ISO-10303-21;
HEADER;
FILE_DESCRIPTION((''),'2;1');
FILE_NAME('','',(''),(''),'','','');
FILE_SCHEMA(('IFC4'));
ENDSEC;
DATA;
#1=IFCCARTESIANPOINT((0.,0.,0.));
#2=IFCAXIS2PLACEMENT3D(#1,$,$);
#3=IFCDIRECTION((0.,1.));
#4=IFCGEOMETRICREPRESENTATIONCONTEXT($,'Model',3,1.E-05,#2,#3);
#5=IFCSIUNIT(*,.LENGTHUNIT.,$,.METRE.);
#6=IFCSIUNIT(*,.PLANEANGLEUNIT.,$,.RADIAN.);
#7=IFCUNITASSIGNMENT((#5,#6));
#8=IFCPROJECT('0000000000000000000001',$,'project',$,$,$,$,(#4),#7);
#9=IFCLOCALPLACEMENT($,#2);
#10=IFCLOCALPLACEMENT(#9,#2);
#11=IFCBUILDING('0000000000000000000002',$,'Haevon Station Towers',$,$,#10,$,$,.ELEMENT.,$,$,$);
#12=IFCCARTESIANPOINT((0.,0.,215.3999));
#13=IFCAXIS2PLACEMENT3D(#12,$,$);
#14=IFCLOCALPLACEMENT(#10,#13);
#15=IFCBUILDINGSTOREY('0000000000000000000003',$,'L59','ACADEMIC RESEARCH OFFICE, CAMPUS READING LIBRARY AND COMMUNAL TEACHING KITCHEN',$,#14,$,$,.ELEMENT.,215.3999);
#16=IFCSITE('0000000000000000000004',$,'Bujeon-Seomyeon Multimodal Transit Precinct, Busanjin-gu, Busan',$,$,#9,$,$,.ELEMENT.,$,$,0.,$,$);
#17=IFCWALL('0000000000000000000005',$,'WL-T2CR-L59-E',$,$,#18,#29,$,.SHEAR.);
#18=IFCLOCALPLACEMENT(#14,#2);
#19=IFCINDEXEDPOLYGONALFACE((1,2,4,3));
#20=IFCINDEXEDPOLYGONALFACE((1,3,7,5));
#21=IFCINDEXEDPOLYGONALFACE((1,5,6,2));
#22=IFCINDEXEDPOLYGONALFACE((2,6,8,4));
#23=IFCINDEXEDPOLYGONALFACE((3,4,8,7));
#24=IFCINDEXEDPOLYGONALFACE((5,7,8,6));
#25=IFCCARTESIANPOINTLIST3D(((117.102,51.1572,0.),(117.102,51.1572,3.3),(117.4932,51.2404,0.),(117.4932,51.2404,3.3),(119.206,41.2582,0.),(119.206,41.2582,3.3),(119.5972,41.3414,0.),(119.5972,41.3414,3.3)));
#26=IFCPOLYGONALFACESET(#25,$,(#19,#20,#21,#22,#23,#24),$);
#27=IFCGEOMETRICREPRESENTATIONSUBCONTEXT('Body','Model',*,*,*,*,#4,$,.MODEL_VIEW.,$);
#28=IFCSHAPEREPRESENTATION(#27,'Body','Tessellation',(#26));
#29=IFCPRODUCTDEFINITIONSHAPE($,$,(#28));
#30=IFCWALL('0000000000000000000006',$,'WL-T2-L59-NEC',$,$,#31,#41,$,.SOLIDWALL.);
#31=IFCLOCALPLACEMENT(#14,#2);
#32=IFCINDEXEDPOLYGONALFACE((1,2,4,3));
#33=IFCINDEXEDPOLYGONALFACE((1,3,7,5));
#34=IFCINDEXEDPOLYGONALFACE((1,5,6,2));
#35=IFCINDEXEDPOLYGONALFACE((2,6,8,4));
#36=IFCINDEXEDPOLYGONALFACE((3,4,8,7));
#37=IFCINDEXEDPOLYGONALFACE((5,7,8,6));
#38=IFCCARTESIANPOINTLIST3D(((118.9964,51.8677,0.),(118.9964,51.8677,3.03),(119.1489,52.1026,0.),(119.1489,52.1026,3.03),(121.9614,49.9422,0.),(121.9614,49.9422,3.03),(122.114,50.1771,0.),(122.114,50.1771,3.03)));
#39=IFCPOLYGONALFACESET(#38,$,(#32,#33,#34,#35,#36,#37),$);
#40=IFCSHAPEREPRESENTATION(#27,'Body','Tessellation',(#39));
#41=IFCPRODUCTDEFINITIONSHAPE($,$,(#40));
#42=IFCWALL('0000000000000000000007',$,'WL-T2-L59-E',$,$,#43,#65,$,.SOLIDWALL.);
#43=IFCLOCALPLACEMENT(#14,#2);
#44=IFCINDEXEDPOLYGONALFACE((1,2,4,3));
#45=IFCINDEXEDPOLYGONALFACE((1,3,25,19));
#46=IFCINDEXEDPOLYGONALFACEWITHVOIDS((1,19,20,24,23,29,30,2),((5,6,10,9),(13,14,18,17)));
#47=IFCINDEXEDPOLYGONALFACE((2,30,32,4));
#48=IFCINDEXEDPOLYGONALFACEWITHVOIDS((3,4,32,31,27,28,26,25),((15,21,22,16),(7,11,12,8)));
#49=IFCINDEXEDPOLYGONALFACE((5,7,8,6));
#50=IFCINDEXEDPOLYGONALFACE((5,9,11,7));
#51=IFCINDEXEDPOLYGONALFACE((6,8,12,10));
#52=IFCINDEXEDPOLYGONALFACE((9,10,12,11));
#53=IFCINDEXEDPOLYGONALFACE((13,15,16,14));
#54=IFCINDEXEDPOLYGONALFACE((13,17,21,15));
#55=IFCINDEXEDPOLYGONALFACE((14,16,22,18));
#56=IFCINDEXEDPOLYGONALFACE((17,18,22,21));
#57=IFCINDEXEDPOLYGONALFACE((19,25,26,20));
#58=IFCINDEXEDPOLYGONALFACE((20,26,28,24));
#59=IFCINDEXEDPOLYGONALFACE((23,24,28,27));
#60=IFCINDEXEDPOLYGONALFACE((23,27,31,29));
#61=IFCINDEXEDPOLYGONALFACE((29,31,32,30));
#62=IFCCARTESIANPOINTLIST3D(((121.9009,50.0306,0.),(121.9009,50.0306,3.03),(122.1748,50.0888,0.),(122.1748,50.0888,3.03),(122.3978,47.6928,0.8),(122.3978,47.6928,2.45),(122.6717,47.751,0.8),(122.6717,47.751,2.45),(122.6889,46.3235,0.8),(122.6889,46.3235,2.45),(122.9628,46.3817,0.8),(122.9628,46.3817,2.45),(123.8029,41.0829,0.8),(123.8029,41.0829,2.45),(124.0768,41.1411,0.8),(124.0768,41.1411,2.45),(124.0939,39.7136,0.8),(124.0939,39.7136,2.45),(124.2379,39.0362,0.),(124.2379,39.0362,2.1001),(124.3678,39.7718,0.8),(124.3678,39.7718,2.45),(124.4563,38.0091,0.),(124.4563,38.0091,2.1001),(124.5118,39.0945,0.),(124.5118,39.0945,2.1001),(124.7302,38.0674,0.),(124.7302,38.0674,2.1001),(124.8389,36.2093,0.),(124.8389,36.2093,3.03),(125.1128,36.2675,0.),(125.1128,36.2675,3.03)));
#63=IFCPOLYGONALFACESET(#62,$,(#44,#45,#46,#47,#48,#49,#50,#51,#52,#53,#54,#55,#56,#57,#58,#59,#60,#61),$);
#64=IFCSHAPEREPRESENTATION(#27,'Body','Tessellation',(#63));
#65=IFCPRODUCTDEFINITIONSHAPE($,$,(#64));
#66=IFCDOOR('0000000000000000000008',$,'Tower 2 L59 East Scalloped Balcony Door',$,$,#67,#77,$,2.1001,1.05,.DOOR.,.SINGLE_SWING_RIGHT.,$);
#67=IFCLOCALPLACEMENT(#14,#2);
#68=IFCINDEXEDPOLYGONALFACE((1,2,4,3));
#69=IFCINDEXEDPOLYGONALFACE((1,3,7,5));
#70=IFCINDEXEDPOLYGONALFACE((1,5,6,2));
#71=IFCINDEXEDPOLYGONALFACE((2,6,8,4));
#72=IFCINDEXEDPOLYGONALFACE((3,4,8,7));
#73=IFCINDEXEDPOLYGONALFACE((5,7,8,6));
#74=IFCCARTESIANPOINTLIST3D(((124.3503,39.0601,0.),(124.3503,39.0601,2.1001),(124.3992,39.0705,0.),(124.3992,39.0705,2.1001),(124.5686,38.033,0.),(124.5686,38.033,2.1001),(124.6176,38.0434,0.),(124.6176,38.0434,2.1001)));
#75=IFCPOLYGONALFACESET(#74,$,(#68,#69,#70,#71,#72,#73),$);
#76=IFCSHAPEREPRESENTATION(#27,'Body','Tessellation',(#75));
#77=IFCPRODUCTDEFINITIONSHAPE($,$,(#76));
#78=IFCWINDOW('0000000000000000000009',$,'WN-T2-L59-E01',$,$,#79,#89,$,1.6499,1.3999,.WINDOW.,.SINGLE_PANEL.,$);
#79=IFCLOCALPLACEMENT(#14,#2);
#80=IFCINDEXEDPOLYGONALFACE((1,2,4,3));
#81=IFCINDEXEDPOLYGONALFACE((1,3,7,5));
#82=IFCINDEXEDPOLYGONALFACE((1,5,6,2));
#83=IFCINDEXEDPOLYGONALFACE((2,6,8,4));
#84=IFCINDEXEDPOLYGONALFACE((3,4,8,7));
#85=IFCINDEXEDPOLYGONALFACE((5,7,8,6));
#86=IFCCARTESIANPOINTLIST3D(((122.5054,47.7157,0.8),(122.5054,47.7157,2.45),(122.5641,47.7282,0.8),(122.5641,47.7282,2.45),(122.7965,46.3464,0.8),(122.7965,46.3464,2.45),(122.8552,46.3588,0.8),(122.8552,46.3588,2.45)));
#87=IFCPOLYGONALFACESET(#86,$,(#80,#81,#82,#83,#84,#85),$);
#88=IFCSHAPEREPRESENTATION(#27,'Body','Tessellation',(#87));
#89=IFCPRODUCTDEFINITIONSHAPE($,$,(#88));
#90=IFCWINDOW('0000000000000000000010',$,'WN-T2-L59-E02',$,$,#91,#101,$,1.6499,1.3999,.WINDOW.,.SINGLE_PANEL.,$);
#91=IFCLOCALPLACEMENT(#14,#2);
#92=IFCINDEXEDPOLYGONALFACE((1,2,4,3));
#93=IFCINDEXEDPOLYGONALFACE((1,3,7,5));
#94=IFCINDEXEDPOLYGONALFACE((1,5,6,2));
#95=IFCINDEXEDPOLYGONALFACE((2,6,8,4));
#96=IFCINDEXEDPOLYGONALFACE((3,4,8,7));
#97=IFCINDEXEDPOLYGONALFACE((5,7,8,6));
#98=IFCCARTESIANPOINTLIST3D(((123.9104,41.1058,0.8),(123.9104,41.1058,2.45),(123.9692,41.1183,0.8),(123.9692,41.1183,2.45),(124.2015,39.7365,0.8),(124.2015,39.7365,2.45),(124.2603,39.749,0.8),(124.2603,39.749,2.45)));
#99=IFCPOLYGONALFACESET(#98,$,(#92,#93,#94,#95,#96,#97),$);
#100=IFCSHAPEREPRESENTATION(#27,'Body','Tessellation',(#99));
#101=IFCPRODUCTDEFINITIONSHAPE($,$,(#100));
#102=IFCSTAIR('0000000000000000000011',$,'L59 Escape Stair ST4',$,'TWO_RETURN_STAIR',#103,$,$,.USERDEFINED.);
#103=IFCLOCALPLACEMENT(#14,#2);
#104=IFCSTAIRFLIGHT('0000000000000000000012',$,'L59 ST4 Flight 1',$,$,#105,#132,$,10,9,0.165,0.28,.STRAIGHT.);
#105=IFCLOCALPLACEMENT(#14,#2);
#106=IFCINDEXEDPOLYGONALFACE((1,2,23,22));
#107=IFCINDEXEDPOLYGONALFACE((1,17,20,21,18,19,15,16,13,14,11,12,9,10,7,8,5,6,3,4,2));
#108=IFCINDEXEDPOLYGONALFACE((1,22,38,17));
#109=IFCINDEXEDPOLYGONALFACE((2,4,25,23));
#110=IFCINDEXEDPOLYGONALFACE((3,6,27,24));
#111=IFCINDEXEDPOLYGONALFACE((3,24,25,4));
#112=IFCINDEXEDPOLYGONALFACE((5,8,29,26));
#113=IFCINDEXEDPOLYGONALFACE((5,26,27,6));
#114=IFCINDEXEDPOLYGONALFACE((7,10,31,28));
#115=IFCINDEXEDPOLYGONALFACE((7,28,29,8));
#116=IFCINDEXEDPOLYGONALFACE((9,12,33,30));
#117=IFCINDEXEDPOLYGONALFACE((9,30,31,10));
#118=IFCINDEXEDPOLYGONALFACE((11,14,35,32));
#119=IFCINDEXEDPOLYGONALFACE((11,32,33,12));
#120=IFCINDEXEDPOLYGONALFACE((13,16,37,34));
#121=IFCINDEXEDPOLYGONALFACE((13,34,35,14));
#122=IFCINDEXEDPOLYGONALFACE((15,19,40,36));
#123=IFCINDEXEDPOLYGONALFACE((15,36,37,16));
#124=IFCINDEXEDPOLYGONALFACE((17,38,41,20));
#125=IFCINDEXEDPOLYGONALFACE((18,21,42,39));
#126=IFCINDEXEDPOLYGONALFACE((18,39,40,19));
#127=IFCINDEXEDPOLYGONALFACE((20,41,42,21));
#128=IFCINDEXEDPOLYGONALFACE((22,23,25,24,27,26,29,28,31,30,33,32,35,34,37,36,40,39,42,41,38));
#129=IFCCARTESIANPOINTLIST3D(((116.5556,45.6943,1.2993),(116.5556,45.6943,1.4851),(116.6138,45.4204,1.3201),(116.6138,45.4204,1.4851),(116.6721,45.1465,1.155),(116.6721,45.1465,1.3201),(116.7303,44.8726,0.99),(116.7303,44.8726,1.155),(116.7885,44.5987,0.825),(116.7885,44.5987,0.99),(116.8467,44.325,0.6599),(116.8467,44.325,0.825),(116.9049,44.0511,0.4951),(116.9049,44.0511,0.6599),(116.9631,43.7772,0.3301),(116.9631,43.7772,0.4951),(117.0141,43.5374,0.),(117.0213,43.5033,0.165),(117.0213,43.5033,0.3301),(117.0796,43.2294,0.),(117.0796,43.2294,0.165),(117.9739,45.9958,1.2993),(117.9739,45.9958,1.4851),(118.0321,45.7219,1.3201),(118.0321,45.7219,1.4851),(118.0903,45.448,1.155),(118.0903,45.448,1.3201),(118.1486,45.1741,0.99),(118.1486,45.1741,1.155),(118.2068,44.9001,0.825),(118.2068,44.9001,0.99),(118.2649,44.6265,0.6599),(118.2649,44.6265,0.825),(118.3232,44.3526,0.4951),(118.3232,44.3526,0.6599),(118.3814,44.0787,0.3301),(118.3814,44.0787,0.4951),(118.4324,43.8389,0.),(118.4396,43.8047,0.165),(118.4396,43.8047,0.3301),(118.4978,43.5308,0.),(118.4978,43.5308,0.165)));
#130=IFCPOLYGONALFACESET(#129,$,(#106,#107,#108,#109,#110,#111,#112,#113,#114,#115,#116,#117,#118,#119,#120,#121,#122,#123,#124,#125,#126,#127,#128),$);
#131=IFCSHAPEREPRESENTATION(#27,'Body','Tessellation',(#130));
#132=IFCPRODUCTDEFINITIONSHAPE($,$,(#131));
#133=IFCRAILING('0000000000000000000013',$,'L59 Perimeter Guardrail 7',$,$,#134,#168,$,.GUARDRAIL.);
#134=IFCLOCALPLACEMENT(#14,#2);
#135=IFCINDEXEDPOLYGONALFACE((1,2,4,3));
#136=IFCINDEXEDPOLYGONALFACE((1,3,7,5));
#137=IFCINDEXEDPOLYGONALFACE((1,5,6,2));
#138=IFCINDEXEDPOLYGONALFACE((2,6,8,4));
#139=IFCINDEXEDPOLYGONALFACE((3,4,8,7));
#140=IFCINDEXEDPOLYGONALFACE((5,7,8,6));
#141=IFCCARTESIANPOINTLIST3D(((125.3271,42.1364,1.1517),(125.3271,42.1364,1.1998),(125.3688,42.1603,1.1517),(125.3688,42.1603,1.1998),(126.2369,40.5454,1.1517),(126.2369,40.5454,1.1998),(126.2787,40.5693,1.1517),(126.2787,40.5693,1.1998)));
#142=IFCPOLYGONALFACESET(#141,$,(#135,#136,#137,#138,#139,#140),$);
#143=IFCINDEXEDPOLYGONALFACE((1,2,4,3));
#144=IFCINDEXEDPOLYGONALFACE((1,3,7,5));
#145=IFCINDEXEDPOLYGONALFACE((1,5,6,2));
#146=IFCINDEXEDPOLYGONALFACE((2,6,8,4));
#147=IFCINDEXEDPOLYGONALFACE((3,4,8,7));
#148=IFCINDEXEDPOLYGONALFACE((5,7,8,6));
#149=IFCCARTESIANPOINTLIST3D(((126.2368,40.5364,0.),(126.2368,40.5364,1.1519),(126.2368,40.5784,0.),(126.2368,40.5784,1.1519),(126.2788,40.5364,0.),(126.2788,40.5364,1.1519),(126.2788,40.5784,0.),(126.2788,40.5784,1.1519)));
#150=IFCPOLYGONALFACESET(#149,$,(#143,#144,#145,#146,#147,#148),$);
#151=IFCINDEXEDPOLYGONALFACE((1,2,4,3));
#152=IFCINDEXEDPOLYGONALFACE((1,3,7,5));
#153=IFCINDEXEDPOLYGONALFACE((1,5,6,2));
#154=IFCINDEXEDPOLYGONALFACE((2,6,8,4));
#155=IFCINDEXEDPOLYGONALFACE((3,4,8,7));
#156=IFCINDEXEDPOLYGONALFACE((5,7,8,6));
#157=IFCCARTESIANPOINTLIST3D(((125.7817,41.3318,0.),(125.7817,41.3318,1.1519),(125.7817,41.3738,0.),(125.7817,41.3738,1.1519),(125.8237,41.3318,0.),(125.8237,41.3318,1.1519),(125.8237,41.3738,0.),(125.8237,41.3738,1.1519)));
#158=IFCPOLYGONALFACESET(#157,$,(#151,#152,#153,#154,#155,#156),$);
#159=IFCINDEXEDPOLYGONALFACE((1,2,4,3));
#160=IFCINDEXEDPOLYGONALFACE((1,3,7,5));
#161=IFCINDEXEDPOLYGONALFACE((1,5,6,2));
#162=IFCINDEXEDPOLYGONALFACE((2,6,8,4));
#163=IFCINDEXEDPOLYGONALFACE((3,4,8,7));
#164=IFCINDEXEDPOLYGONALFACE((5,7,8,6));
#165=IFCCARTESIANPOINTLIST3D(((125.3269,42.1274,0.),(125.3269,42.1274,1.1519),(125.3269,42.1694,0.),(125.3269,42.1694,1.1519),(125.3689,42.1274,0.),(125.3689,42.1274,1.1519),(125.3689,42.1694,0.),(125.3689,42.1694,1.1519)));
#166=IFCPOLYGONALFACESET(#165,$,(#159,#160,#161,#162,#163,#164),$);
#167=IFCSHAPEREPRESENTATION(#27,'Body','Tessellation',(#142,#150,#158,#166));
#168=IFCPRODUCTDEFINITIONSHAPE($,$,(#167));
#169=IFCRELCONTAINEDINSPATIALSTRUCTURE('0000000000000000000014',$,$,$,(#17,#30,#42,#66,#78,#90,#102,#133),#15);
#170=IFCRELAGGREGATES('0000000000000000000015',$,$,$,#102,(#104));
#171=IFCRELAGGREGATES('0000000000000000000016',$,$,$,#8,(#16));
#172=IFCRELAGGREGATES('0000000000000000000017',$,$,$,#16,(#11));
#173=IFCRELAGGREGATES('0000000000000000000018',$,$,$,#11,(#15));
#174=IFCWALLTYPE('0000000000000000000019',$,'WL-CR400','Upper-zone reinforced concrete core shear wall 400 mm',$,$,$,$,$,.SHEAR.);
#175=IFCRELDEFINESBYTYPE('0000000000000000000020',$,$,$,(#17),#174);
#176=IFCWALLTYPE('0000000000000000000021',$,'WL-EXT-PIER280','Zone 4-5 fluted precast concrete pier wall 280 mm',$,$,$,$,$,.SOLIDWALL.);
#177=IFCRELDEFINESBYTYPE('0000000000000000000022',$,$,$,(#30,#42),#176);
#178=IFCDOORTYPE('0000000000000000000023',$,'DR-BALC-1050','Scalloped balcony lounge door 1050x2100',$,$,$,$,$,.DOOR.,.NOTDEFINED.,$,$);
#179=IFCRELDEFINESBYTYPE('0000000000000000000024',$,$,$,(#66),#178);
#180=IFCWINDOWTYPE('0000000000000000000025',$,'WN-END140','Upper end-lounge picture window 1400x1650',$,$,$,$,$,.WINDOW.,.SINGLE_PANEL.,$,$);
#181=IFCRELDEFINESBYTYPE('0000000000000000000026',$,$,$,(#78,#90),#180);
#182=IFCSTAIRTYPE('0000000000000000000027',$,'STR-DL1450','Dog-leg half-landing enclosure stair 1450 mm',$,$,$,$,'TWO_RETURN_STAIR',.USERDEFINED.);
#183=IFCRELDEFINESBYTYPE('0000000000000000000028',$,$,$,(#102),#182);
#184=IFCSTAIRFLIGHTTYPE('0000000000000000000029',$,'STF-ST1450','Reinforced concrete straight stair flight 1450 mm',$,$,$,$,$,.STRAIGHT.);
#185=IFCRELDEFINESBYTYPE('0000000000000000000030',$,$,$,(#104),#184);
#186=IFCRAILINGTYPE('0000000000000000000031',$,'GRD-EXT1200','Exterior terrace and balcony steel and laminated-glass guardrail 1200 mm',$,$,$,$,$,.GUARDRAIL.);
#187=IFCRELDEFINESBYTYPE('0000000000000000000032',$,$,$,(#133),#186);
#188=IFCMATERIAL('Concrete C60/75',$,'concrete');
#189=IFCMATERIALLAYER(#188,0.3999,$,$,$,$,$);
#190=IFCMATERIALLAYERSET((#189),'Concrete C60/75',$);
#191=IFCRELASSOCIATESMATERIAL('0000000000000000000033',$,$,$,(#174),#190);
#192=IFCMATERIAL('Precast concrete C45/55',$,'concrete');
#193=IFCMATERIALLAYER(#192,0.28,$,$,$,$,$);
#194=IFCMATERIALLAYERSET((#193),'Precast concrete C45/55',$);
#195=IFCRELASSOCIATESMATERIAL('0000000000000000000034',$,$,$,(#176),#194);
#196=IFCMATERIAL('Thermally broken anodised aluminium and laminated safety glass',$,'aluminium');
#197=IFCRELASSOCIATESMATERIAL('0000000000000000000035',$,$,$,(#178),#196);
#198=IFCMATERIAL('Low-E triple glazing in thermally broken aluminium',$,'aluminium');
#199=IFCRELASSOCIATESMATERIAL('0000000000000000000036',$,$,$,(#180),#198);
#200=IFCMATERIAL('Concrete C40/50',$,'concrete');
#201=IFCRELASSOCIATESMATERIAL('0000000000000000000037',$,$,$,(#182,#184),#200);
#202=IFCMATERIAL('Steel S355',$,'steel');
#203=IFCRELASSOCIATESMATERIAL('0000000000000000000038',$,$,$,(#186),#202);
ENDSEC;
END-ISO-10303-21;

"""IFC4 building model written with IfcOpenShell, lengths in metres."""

from ifc_helpers import new_model, si_unit, direction, frame, frame_2d, origin, origin_2d, place, context, subcontext, project, spatial, polyline, rectangle, outline, extrude, material, layer, layer_set, type_object, element, fill, aggregate, save


model = new_model("IFC4")

# Units and contexts
model_context = context("Model", 3, precision=1e-05, world=origin(), true_north=direction((0.0, 1.0)))
body_context = subcontext(model_context, "Body", "Model", "MODEL_VIEW")
ifc_project = project(units=[si_unit("LENGTHUNIT", "METRE"), si_unit("PLANEANGLEUNIT", "RADIAN")], contexts=[model_context])

# Site, building, storey
site_placement = place(None, origin())
site = spatial("IfcSite", under=ifc_project, at=site_placement, Name="Bujeon-Seomyeon Multimodal Transit Precinct, Busanjin-gu, Busan", CompositionType="ELEMENT", RefElevation=0.0)
building_placement = place(site_placement, origin())
building = spatial("IfcBuilding", under=site, at=building_placement, Name="Haevon Station Towers", CompositionType="ELEMENT")
storey_placement = place(building_placement, frame((0.0, 0.0, 215.3999)))
storey = spatial("IfcBuildingStorey", under=building, at=storey_placement, Name="L59", Description="ACADEMIC RESEARCH OFFICE, CAMPUS READING LIBRARY AND COMMUNAL TEACHING KITCHEN", CompositionType="ELEMENT", Elevation=215.3999)

# Shared definitions
ifc_material_1 = material(Name="Steel S355", Category="steel")

# Walls
ifc_material_2 = material(Name="Concrete C60/75", Category="concrete")
ifc_layer_1 = layer(ifc_material_2, 0.3999)
ifc_layer_set_1 = layer_set([ifc_layer_1], Name="Concrete C60/75")
wall_type_1 = type_object("IfcWallType", Name="WL-CR400", Description="Upper-zone reinforced concrete core shear wall 400 mm", PredefinedType="SHEAR", material=ifc_layer_set_1)
wall_1_placement = place(storey_placement, frame((119.4016, 41.2998, 0.0), z_axis=(0.0, 0.0, 1.0), x_axis=(-0.207904, 0.978149, 0.0)))
element("IfcWall", 1, at=wall_1_placement, inside=storey, type_object=wall_type_1, Name="WL-T2CR-L59-E", PredefinedType="SHEAR", context=body_context, shape_type="SweptSolid", body=[
    extrude(rectangle(XDim=10.1201, YDim=0.3999, at=frame_2d((5.0601, 0.0))), origin(), (0.0, 0.0, 1.0), 3.3),
])
ifc_material_3 = material(Name="Precast concrete C45/55", Category="concrete")
ifc_layer_2 = layer(ifc_material_3, 0.28)
ifc_layer_set_2 = layer_set([ifc_layer_2], Name="Precast concrete C45/55")
wall_type_2 = type_object("IfcWallType", Name="WL-EXT-PIER280", Description="Zone 4-5 fluted precast concrete pier wall 280 mm", PredefinedType="SOLIDWALL", material=ifc_layer_set_2)
wall_2_placement = place(storey_placement, frame((119.0728, 51.9851, 0.0), z_axis=(0.0, 0.0, 1.0), x_axis=(0.838672, -0.544636, 0.0)))
element("IfcWall", 2, at=wall_2_placement, inside=storey, type_object=wall_type_2, Name="WL-T2-L59-NEC", PredefinedType="SOLIDWALL", context=body_context, shape_type="SweptSolid", body=[
    extrude(rectangle(XDim=3.5354, YDim=0.28, at=frame_2d((1.7676, 0.0))), origin(), (0.0, 0.0, 1.0), 3.03),
])

# Wall, openings, door, windows
wall_3_placement = place(storey_placement, frame((122.0378, 50.0596, 0.0), z_axis=(0.0, 0.0, 1.0), x_axis=(0.207924, -0.978145, 0.0)))
wall_3 = element("IfcWall", 3, at=wall_3_placement, inside=storey, type_object=wall_type_2, Name="WL-T2-L59-E", PredefinedType="SOLIDWALL", context=body_context, shape_type="SweptSolid", body=[
    extrude(rectangle(XDim=14.1301, YDim=0.28, at=frame_2d((7.0649, 0.0))), origin(), (0.0, 0.0, 1.0), 3.03),
])
opening_1_placement = place(wall_3_placement, frame((11.24, 0.0, 0.0)))
opening_1 = element("IfcOpeningElement", 4, at=opening_1_placement, cuts=wall_3, PredefinedType="OPENING", context=body_context, shape_type="SweptSolid", body=[
    extrude(rectangle(XDim=1.05, YDim=2.1001, at=frame_2d((0.5249, 1.05))), frame((0.0, 0.1499, 0.0), z_axis=(0.0, -1.0, 0.0), x_axis=(1.0, 0.0, 0.0)), (0.0, 0.0, 1.0), 0.3),
])
opening_2_placement = place(wall_3_placement, frame((2.3899, 0.0, 0.8)))
opening_2 = element("IfcOpeningElement", 5, at=opening_2_placement, cuts=wall_3, PredefinedType="OPENING", context=body_context, shape_type="SweptSolid", body=[
    extrude(rectangle(XDim=1.3999, YDim=1.6499, at=frame_2d((0.7, 0.825))), frame((0.0, 0.1499, 0.0), z_axis=(0.0, -1.0, 0.0), x_axis=(1.0, 0.0, 0.0)), (0.0, 0.0, 1.0), 0.3),
])
opening_3_placement = place(wall_3_placement, frame((9.1475, 0.0, 0.8)))
opening_3 = element("IfcOpeningElement", 6, at=opening_3_placement, cuts=wall_3, PredefinedType="OPENING", context=body_context, shape_type="SweptSolid", body=[
    extrude(rectangle(XDim=1.3999, YDim=1.6499, at=frame_2d((0.7, 0.825))), frame((0.0, 0.1499, 0.0), z_axis=(0.0, -1.0, 0.0), x_axis=(1.0, 0.0, 0.0)), (0.0, 0.0, 1.0), 0.3),
])
ifc_material_4 = material(Name="Thermally broken anodised aluminium and laminated safety glass", Category="aluminium")
door_type = type_object("IfcDoorType", Name="DR-BALC-1050", Description="Scalloped balcony lounge door 1050x2100", OperationType="NOTDEFINED", PredefinedType="DOOR", material=ifc_material_4)
door_placement = place(opening_1_placement, origin())
door = element("IfcDoor", 7, at=door_placement, inside=storey, type_object=door_type, Name="Tower 2 L59 East Scalloped Balcony Door", OperationType="SINGLE_SWING_RIGHT", OverallHeight=2.1001, OverallWidth=1.05, PredefinedType="DOOR", context=body_context, shape_type="SweptSolid", body=[
    extrude(rectangle(XDim=1.05, YDim=2.1001, at=frame_2d((0.5249, 1.05))), frame((0.0, 0.0249, 0.0), z_axis=(0.0, -1.0, 0.0), x_axis=(1.0, 0.0, 0.0)), (0.0, 0.0, 1.0), 0.05),
])
fill(opening_1, door)
ifc_material_5 = material(Name="Low-E triple glazing in thermally broken aluminium", Category="aluminium")
window_type = type_object("IfcWindowType", Name="WN-END140", Description="Upper end-lounge picture window 1400x1650", PartitioningType="SINGLE_PANEL", PredefinedType="WINDOW", material=ifc_material_5)
window_1_placement = place(opening_2_placement, origin())
window_1 = element("IfcWindow", 8, at=window_1_placement, inside=storey, type_object=window_type, Name="WN-T2-L59-E01", OverallHeight=1.6499, OverallWidth=1.3999, PartitioningType="SINGLE_PANEL", PredefinedType="WINDOW", context=body_context, shape_type="SweptSolid", body=[
    extrude(rectangle(XDim=1.3999, YDim=1.6499, at=frame_2d((0.7, 0.825))), frame((0.0, 0.03, 0.0), z_axis=(0.0, -1.0, 0.0), x_axis=(1.0, 0.0, 0.0)), (0.0, 0.0, 1.0), 0.0601),
])
fill(opening_2, window_1)
window_2_placement = place(opening_3_placement, origin())
window_2 = element("IfcWindow", 9, at=window_2_placement, inside=storey, type_object=window_type, Name="WN-T2-L59-E02", OverallHeight=1.6499, OverallWidth=1.3999, PartitioningType="SINGLE_PANEL", PredefinedType="WINDOW", context=body_context, shape_type="SweptSolid", body=[
    extrude(rectangle(XDim=1.3999, YDim=1.6499, at=frame_2d((0.7, 0.825))), frame((0.0, 0.03, 0.0), z_axis=(0.0, -1.0, 0.0), x_axis=(1.0, 0.0, 0.0)), (0.0, 0.0, 1.0), 0.0601),
])
fill(opening_3, window_2)

# Stair, stair flight
ifc_material_6 = material(Name="Concrete C40/50", Category="concrete")
stair_type = type_object("IfcStairType", Name="STR-DL1450", Description="Dog-leg half-landing enclosure stair 1450 mm", ElementType="TWO_RETURN_STAIR", PredefinedType="USERDEFINED", material=ifc_material_6)
stair_placement = place(storey_placement, origin())
stair = element("IfcStair", 10, at=stair_placement, inside=storey, type_object=stair_type, Name="L59 Escape Stair ST4", ObjectType="TWO_RETURN_STAIR", PredefinedType="USERDEFINED")
stair_flight_type = type_object("IfcStairFlightType", Name="STF-ST1450", Description="Reinforced concrete straight stair flight 1450 mm", PredefinedType="STRAIGHT", material=ifc_material_6)
stair_flight_placement = place(storey_placement, frame((117.7888, 43.3801, 0.0), z_axis=(0.0, 0.0, 1.0), x_axis=(-0.207912, 0.978148, 0.0)))
stair_flight = element("IfcStairFlight", 11, at=stair_flight_placement, type_object=stair_flight_type, Name="L59 ST4 Flight 1", NumberOfRisers=10, NumberOfTreads=9, PredefinedType="STRAIGHT", RiserHeight=0.165, TreadLength=0.28, context=body_context, shape_type="SweptSolid", body=[
    extrude(outline(polyline([(0.0, 0.0), (0.0, 0.165), (0.28, 0.165), (0.28, 0.3301), (0.5601, 0.3301), (0.5601, 0.4951), (0.8401, 0.4951), (0.8401, 0.6599), (1.1201, 0.6599), (1.1201, 0.825), (1.3999, 0.825), (1.3999, 0.99), (1.6799, 0.99), (1.6799, 1.155), (1.96, 1.155), (1.96, 1.3201), (2.24, 1.3201), (2.24, 1.4851), (2.52, 1.4851), (2.52, 1.6499), (2.52, 1.2993), (0.3149, 0.0), (0.0, 0.0)])), frame((0.0, 0.7251, 0.0), z_axis=(0.0, -1.0, 0.0), x_axis=(1.0, 0.0, 0.0)), (0.0, 0.0, 1.0), 1.45),
])
aggregate(stair, [stair_flight])

# Railing
railing_type_1 = type_object("IfcRailingType", Name="GRD-EXT1200", Description="Exterior terrace and balcony steel and laminated-glass guardrail 1200 mm", PredefinedType="GUARDRAIL", material=ifc_material_1)
railing_1_placement = place(storey_placement, frame((126.2578, 40.5574, 0.0)))
element("IfcRailing", 12, at=railing_1_placement, inside=storey, type_object=railing_type_1, Name="L59 Perimeter Guardrail 7", PredefinedType="GUARDRAIL", context=body_context, shape_type="SweptSolid", body=[
    extrude(rectangle(XDim=0.0481, YDim=0.0481, at=origin_2d()), frame((0.0, 0.0, 1.1758), z_axis=(-0.49644, 0.868071, 0.0), x_axis=(-0.868071, -0.49644, 0.0)), (0.0, 0.0, 1.0), 1.8328),
    extrude(rectangle(XDim=0.042, YDim=0.042, at=origin_2d()), origin(), (0.0, 0.0, 1.0), 1.1519),
    extrude(rectangle(XDim=0.042, YDim=0.042, at=origin_2d()), frame((-0.4551, 0.7954, 0.0)), (0.0, 0.0, 1.0), 1.1519),
    extrude(rectangle(XDim=0.042, YDim=0.042, at=origin_2d()), frame((-0.9099, 1.5911, 0.0)), (0.0, 0.0, 1.0), 1.1519),
])

save(model, "model.ifc")
